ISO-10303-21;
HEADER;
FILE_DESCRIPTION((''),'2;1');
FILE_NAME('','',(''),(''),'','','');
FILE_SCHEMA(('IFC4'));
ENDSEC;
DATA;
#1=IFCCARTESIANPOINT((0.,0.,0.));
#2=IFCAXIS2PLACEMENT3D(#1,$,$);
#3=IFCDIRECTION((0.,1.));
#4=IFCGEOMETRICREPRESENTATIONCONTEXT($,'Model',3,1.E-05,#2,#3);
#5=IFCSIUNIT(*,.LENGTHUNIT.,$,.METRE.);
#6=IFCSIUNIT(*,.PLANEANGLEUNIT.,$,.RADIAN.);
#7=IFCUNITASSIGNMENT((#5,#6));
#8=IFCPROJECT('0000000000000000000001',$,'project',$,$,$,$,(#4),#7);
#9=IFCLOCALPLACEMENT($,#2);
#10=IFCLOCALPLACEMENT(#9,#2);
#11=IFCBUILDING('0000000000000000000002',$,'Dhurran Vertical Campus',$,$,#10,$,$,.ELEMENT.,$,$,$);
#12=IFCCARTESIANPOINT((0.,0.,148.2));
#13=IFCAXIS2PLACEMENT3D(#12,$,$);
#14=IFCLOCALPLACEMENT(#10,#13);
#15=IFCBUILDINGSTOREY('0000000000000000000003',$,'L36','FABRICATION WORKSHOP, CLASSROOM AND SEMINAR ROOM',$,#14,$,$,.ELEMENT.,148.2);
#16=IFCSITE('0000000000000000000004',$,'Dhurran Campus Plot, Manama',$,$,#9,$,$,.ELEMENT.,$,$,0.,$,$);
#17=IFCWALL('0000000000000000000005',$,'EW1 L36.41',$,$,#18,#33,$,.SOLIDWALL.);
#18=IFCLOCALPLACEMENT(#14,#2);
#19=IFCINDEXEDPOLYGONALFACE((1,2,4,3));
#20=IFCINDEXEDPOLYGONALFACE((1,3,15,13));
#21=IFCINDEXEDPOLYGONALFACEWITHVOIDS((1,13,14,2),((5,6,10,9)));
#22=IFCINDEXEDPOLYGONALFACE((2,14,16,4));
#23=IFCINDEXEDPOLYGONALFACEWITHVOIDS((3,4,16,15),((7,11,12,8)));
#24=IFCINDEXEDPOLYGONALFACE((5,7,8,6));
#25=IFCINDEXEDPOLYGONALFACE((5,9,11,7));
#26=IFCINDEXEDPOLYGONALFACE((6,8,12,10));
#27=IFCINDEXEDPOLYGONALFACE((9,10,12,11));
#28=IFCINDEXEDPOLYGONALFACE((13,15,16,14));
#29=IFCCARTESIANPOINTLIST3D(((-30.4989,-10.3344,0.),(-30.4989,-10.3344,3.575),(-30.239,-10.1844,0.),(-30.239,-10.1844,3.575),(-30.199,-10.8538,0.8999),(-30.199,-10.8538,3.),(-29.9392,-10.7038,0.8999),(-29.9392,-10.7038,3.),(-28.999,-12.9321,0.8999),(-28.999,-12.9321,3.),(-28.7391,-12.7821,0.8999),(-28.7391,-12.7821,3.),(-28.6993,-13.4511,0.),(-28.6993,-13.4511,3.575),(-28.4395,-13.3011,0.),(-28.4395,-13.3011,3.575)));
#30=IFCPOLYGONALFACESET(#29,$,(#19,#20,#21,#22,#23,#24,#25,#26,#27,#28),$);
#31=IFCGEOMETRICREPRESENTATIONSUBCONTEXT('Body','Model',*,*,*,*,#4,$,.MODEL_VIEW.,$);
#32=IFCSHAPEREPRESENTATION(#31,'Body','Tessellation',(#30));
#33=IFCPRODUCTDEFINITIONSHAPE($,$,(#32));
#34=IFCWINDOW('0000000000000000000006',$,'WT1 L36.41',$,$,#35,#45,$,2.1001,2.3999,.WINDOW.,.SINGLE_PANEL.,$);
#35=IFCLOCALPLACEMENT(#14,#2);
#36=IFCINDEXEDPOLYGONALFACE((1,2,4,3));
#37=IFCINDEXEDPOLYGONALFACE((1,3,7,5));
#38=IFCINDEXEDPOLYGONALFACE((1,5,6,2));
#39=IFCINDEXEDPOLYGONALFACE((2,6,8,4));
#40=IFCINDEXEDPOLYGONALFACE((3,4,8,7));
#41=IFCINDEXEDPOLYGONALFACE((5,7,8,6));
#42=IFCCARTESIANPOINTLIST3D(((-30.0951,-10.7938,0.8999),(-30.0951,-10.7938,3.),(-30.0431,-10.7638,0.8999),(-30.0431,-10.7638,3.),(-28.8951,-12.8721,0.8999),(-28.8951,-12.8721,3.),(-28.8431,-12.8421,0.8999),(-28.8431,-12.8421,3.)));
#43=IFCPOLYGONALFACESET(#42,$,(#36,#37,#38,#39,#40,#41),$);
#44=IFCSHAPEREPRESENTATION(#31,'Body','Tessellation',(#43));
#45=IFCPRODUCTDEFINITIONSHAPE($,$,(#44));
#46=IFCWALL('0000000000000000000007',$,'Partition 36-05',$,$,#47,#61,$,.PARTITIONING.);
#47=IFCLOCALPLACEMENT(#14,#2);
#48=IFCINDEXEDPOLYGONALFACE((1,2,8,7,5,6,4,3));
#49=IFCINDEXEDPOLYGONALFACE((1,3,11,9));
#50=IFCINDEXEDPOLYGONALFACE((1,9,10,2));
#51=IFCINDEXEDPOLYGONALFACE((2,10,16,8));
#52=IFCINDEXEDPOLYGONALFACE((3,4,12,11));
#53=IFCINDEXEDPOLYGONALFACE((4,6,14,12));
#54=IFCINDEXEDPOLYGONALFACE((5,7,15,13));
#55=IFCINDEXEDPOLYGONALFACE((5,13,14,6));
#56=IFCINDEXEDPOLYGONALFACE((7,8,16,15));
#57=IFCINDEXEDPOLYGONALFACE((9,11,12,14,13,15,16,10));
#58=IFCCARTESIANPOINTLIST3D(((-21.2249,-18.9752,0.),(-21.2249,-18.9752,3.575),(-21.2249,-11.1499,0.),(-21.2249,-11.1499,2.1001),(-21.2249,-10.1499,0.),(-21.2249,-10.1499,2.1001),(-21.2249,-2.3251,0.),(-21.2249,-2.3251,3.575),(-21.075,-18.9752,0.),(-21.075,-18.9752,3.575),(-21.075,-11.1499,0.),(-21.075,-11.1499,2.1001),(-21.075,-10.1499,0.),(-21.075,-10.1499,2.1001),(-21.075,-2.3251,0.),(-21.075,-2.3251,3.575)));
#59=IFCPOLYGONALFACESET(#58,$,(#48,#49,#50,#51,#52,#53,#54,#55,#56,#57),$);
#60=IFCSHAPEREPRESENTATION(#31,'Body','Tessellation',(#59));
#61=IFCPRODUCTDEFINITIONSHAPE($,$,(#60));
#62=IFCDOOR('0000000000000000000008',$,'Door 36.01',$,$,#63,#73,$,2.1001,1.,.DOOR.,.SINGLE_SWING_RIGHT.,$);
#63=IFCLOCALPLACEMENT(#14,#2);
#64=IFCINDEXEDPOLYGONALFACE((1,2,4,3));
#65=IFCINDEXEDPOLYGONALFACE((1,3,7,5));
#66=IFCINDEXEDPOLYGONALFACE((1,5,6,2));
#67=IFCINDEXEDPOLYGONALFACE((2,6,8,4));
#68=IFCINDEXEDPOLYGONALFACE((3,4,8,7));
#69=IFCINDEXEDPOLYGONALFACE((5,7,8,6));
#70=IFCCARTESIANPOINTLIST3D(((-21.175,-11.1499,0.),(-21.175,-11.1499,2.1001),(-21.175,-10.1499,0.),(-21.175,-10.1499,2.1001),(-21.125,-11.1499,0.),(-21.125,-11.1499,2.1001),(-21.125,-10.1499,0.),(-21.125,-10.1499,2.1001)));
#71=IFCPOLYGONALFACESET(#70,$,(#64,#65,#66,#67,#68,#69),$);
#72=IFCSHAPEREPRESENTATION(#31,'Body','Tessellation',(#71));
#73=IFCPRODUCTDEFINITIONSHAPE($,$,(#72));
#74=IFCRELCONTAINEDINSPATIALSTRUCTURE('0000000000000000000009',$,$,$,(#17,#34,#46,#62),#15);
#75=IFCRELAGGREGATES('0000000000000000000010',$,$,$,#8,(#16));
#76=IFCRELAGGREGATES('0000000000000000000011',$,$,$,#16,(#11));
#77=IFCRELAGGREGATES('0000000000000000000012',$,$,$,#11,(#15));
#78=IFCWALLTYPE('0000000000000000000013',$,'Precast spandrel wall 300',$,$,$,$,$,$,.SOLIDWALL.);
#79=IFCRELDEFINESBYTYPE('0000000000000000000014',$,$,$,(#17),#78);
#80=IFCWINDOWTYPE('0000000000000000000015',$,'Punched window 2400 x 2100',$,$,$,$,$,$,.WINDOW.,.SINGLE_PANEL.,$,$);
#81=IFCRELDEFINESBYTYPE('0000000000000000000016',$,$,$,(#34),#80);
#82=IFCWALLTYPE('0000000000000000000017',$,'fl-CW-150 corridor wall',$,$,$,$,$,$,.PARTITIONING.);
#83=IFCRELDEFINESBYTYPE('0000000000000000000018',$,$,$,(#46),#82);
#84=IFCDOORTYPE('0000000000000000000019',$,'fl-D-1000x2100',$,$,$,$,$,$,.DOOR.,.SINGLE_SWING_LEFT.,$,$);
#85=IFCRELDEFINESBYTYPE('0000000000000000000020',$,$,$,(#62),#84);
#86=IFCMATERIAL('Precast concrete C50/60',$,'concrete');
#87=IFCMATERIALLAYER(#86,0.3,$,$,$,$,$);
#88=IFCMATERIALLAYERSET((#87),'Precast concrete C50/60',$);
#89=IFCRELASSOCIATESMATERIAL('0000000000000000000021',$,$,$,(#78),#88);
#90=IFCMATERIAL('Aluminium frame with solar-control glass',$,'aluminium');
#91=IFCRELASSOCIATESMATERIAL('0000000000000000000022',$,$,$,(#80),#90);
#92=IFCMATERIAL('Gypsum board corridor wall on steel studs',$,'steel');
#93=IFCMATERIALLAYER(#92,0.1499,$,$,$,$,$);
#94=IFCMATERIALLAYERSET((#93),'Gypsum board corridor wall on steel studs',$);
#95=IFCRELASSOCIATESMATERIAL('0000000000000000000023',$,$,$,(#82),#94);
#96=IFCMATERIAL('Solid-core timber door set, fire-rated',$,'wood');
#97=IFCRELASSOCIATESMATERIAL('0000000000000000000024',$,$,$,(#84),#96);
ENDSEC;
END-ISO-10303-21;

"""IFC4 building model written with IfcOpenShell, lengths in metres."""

from ifc_helpers import new_model, si_unit, direction, frame, frame_2d, origin, place, context, subcontext, project, spatial, rectangle, extrude, material, layer, layer_set, type_object, element, fill, save


model = new_model("IFC4")

# Units and contexts
model_context = context("Model", 3, precision=1e-05, world=origin(), true_north=direction((0.0, 1.0)))
body_context = subcontext(model_context, "Body", "Model", "MODEL_VIEW")
ifc_project = project(units=[si_unit("LENGTHUNIT", "METRE"), si_unit("PLANEANGLEUNIT", "RADIAN")], contexts=[model_context])

# Site, building, storey
site_placement = place(None, origin())
site = spatial("IfcSite", under=ifc_project, at=site_placement, Name="Dhurran Campus Plot, Manama", CompositionType="ELEMENT", RefElevation=0.0)
building_placement = place(site_placement, origin())
building = spatial("IfcBuilding", under=site, at=building_placement, Name="Dhurran Vertical Campus", CompositionType="ELEMENT")
storey_placement = place(building_placement, frame((0.0, 0.0, 148.2)))
storey = spatial("IfcBuildingStorey", under=building, at=storey_placement, Name="L36", Description="FABRICATION WORKSHOP, CLASSROOM AND SEMINAR ROOM", CompositionType="ELEMENT", Elevation=148.2)

# Wall, opening, window
ifc_material_1 = material(Name="Precast concrete C50/60", Category="concrete")
ifc_layer_1 = layer(ifc_material_1, 0.3)
ifc_layer_set_1 = layer_set([ifc_layer_1], Name="Precast concrete C50/60")
wall_type_1 = type_object("IfcWallType", Name="Precast spandrel wall 300", PredefinedType="SOLIDWALL", material=ifc_layer_set_1)
ifc_material_2 = material(Name="Aluminium frame with solar-control glass", Category="aluminium")
window_type = type_object("IfcWindowType", Name="Punched window 2400 x 2100", PartitioningType="SINGLE_PANEL", PredefinedType="WINDOW", material=ifc_material_2)
wall_1_placement = place(storey_placement, frame((-30.3689, -10.2595, 0.0), z_axis=(0.0, 0.0, 1.0), x_axis=(0.500028, -0.866009, 0.0)))
wall_1 = element("IfcWall", 1, at=wall_1_placement, inside=storey, type_object=wall_type_1, Name="EW1 L36.41", PredefinedType="SOLIDWALL", context=body_context, shape_type="SweptSolid", body=[
    extrude(rectangle(XDim=3.5989, YDim=0.3, at=frame_2d((1.7993, 0.0))), origin(), (0.0, 0.0, 1.0), 3.575),
])
opening_1_placement = place(wall_1_placement, frame((0.5996, 0.0, 0.8999)))
opening_1 = element("IfcOpeningElement", 2, at=opening_1_placement, cuts=wall_1, PredefinedType="OPENING", context=body_context, shape_type="SweptSolid", body=[
    extrude(rectangle(XDim=2.3999, YDim=2.1001, at=frame_2d((1.2, 1.05))), frame((0.0, 0.1599, 0.0), z_axis=(0.0, -1.0, 0.0), x_axis=(1.0, 0.0, 0.0)), (0.0, 0.0, 1.0), 0.3201),
])
window_1_placement = place(opening_1_placement, origin())
window_1 = element("IfcWindow", 3, at=window_1_placement, inside=storey, type_object=window_type, Name="WT1 L36.41", OverallHeight=2.1001, OverallWidth=2.3999, PartitioningType="SINGLE_PANEL", PredefinedType="WINDOW", context=body_context, shape_type="SweptSolid", body=[
    extrude(rectangle(XDim=2.3999, YDim=2.1001, at=frame_2d((1.2, 1.05))), frame((0.0, 0.03, 0.0), z_axis=(0.0, -1.0, 0.0), x_axis=(1.0, 0.0, 0.0)), (0.0, 0.0, 1.0), 0.0601),
])
fill(opening_1, window_1)

# Wall, opening, door
ifc_material_3 = material(Name="Gypsum board corridor wall on steel studs", Category="steel")
ifc_layer_2 = layer(ifc_material_3, 0.1499)
ifc_layer_set_2 = layer_set([ifc_layer_2], Name="Gypsum board corridor wall on steel studs")
wall_type_2 = type_object("IfcWallType", Name="fl-CW-150 corridor wall", PredefinedType="PARTITIONING", material=ifc_layer_set_2)
wall_2_placement = place(storey_placement, frame((-21.1499, -2.325, 0.0), z_axis=(0.0, 0.0, 1.0), x_axis=(0.0, -1.0, 0.0)))
wall_2 = element("IfcWall", 4, at=wall_2_placement, inside=storey, type_object=wall_type_2, Name="Partition 36-05", PredefinedType="PARTITIONING", context=body_context, shape_type="SweptSolid", body=[
    extrude(rectangle(XDim=16.6501, YDim=0.1499, at=frame_2d((8.3252, 0.0))), origin(), (0.0, 0.0, 1.0), 3.575),
])
opening_2_placement = place(wall_2_placement, frame((7.825, 0.0, 0.0)))
opening_2 = element("IfcOpeningElement", 5, at=opening_2_placement, cuts=wall_2, PredefinedType="OPENING", context=body_context, shape_type="SweptSolid", body=[
    extrude(rectangle(XDim=1.0, YDim=2.1001, at=frame_2d((0.5, 1.05))), frame((0.0, 0.085, 0.0), z_axis=(0.0, -1.0, 0.0), x_axis=(1.0, 0.0, 0.0)), (0.0, 0.0, 1.0), 0.1699),
])
ifc_material_4 = material(Name="Solid-core timber door set, fire-rated", Category="wood")
door_type = type_object("IfcDoorType", Name="fl-D-1000x2100", OperationType="SINGLE_SWING_LEFT", PredefinedType="DOOR", material=ifc_material_4)
door_placement = place(opening_2_placement, origin())
door = element("IfcDoor", 6, at=door_placement, inside=storey, type_object=door_type, Name="Door 36.01", OperationType="SINGLE_SWING_RIGHT", OverallHeight=2.1001, OverallWidth=1.0, PredefinedType="DOOR", context=body_context, shape_type="SweptSolid", body=[
    extrude(rectangle(XDim=1.0, YDim=2.1001, at=frame_2d((0.5, 1.05))), frame((0.0, 0.0249, 0.0), z_axis=(0.0, -1.0, 0.0), x_axis=(1.0, 0.0, 0.0)), (0.0, 0.0, 1.0), 0.05),
])
fill(opening_2, door)

save(model, "model.ifc")
